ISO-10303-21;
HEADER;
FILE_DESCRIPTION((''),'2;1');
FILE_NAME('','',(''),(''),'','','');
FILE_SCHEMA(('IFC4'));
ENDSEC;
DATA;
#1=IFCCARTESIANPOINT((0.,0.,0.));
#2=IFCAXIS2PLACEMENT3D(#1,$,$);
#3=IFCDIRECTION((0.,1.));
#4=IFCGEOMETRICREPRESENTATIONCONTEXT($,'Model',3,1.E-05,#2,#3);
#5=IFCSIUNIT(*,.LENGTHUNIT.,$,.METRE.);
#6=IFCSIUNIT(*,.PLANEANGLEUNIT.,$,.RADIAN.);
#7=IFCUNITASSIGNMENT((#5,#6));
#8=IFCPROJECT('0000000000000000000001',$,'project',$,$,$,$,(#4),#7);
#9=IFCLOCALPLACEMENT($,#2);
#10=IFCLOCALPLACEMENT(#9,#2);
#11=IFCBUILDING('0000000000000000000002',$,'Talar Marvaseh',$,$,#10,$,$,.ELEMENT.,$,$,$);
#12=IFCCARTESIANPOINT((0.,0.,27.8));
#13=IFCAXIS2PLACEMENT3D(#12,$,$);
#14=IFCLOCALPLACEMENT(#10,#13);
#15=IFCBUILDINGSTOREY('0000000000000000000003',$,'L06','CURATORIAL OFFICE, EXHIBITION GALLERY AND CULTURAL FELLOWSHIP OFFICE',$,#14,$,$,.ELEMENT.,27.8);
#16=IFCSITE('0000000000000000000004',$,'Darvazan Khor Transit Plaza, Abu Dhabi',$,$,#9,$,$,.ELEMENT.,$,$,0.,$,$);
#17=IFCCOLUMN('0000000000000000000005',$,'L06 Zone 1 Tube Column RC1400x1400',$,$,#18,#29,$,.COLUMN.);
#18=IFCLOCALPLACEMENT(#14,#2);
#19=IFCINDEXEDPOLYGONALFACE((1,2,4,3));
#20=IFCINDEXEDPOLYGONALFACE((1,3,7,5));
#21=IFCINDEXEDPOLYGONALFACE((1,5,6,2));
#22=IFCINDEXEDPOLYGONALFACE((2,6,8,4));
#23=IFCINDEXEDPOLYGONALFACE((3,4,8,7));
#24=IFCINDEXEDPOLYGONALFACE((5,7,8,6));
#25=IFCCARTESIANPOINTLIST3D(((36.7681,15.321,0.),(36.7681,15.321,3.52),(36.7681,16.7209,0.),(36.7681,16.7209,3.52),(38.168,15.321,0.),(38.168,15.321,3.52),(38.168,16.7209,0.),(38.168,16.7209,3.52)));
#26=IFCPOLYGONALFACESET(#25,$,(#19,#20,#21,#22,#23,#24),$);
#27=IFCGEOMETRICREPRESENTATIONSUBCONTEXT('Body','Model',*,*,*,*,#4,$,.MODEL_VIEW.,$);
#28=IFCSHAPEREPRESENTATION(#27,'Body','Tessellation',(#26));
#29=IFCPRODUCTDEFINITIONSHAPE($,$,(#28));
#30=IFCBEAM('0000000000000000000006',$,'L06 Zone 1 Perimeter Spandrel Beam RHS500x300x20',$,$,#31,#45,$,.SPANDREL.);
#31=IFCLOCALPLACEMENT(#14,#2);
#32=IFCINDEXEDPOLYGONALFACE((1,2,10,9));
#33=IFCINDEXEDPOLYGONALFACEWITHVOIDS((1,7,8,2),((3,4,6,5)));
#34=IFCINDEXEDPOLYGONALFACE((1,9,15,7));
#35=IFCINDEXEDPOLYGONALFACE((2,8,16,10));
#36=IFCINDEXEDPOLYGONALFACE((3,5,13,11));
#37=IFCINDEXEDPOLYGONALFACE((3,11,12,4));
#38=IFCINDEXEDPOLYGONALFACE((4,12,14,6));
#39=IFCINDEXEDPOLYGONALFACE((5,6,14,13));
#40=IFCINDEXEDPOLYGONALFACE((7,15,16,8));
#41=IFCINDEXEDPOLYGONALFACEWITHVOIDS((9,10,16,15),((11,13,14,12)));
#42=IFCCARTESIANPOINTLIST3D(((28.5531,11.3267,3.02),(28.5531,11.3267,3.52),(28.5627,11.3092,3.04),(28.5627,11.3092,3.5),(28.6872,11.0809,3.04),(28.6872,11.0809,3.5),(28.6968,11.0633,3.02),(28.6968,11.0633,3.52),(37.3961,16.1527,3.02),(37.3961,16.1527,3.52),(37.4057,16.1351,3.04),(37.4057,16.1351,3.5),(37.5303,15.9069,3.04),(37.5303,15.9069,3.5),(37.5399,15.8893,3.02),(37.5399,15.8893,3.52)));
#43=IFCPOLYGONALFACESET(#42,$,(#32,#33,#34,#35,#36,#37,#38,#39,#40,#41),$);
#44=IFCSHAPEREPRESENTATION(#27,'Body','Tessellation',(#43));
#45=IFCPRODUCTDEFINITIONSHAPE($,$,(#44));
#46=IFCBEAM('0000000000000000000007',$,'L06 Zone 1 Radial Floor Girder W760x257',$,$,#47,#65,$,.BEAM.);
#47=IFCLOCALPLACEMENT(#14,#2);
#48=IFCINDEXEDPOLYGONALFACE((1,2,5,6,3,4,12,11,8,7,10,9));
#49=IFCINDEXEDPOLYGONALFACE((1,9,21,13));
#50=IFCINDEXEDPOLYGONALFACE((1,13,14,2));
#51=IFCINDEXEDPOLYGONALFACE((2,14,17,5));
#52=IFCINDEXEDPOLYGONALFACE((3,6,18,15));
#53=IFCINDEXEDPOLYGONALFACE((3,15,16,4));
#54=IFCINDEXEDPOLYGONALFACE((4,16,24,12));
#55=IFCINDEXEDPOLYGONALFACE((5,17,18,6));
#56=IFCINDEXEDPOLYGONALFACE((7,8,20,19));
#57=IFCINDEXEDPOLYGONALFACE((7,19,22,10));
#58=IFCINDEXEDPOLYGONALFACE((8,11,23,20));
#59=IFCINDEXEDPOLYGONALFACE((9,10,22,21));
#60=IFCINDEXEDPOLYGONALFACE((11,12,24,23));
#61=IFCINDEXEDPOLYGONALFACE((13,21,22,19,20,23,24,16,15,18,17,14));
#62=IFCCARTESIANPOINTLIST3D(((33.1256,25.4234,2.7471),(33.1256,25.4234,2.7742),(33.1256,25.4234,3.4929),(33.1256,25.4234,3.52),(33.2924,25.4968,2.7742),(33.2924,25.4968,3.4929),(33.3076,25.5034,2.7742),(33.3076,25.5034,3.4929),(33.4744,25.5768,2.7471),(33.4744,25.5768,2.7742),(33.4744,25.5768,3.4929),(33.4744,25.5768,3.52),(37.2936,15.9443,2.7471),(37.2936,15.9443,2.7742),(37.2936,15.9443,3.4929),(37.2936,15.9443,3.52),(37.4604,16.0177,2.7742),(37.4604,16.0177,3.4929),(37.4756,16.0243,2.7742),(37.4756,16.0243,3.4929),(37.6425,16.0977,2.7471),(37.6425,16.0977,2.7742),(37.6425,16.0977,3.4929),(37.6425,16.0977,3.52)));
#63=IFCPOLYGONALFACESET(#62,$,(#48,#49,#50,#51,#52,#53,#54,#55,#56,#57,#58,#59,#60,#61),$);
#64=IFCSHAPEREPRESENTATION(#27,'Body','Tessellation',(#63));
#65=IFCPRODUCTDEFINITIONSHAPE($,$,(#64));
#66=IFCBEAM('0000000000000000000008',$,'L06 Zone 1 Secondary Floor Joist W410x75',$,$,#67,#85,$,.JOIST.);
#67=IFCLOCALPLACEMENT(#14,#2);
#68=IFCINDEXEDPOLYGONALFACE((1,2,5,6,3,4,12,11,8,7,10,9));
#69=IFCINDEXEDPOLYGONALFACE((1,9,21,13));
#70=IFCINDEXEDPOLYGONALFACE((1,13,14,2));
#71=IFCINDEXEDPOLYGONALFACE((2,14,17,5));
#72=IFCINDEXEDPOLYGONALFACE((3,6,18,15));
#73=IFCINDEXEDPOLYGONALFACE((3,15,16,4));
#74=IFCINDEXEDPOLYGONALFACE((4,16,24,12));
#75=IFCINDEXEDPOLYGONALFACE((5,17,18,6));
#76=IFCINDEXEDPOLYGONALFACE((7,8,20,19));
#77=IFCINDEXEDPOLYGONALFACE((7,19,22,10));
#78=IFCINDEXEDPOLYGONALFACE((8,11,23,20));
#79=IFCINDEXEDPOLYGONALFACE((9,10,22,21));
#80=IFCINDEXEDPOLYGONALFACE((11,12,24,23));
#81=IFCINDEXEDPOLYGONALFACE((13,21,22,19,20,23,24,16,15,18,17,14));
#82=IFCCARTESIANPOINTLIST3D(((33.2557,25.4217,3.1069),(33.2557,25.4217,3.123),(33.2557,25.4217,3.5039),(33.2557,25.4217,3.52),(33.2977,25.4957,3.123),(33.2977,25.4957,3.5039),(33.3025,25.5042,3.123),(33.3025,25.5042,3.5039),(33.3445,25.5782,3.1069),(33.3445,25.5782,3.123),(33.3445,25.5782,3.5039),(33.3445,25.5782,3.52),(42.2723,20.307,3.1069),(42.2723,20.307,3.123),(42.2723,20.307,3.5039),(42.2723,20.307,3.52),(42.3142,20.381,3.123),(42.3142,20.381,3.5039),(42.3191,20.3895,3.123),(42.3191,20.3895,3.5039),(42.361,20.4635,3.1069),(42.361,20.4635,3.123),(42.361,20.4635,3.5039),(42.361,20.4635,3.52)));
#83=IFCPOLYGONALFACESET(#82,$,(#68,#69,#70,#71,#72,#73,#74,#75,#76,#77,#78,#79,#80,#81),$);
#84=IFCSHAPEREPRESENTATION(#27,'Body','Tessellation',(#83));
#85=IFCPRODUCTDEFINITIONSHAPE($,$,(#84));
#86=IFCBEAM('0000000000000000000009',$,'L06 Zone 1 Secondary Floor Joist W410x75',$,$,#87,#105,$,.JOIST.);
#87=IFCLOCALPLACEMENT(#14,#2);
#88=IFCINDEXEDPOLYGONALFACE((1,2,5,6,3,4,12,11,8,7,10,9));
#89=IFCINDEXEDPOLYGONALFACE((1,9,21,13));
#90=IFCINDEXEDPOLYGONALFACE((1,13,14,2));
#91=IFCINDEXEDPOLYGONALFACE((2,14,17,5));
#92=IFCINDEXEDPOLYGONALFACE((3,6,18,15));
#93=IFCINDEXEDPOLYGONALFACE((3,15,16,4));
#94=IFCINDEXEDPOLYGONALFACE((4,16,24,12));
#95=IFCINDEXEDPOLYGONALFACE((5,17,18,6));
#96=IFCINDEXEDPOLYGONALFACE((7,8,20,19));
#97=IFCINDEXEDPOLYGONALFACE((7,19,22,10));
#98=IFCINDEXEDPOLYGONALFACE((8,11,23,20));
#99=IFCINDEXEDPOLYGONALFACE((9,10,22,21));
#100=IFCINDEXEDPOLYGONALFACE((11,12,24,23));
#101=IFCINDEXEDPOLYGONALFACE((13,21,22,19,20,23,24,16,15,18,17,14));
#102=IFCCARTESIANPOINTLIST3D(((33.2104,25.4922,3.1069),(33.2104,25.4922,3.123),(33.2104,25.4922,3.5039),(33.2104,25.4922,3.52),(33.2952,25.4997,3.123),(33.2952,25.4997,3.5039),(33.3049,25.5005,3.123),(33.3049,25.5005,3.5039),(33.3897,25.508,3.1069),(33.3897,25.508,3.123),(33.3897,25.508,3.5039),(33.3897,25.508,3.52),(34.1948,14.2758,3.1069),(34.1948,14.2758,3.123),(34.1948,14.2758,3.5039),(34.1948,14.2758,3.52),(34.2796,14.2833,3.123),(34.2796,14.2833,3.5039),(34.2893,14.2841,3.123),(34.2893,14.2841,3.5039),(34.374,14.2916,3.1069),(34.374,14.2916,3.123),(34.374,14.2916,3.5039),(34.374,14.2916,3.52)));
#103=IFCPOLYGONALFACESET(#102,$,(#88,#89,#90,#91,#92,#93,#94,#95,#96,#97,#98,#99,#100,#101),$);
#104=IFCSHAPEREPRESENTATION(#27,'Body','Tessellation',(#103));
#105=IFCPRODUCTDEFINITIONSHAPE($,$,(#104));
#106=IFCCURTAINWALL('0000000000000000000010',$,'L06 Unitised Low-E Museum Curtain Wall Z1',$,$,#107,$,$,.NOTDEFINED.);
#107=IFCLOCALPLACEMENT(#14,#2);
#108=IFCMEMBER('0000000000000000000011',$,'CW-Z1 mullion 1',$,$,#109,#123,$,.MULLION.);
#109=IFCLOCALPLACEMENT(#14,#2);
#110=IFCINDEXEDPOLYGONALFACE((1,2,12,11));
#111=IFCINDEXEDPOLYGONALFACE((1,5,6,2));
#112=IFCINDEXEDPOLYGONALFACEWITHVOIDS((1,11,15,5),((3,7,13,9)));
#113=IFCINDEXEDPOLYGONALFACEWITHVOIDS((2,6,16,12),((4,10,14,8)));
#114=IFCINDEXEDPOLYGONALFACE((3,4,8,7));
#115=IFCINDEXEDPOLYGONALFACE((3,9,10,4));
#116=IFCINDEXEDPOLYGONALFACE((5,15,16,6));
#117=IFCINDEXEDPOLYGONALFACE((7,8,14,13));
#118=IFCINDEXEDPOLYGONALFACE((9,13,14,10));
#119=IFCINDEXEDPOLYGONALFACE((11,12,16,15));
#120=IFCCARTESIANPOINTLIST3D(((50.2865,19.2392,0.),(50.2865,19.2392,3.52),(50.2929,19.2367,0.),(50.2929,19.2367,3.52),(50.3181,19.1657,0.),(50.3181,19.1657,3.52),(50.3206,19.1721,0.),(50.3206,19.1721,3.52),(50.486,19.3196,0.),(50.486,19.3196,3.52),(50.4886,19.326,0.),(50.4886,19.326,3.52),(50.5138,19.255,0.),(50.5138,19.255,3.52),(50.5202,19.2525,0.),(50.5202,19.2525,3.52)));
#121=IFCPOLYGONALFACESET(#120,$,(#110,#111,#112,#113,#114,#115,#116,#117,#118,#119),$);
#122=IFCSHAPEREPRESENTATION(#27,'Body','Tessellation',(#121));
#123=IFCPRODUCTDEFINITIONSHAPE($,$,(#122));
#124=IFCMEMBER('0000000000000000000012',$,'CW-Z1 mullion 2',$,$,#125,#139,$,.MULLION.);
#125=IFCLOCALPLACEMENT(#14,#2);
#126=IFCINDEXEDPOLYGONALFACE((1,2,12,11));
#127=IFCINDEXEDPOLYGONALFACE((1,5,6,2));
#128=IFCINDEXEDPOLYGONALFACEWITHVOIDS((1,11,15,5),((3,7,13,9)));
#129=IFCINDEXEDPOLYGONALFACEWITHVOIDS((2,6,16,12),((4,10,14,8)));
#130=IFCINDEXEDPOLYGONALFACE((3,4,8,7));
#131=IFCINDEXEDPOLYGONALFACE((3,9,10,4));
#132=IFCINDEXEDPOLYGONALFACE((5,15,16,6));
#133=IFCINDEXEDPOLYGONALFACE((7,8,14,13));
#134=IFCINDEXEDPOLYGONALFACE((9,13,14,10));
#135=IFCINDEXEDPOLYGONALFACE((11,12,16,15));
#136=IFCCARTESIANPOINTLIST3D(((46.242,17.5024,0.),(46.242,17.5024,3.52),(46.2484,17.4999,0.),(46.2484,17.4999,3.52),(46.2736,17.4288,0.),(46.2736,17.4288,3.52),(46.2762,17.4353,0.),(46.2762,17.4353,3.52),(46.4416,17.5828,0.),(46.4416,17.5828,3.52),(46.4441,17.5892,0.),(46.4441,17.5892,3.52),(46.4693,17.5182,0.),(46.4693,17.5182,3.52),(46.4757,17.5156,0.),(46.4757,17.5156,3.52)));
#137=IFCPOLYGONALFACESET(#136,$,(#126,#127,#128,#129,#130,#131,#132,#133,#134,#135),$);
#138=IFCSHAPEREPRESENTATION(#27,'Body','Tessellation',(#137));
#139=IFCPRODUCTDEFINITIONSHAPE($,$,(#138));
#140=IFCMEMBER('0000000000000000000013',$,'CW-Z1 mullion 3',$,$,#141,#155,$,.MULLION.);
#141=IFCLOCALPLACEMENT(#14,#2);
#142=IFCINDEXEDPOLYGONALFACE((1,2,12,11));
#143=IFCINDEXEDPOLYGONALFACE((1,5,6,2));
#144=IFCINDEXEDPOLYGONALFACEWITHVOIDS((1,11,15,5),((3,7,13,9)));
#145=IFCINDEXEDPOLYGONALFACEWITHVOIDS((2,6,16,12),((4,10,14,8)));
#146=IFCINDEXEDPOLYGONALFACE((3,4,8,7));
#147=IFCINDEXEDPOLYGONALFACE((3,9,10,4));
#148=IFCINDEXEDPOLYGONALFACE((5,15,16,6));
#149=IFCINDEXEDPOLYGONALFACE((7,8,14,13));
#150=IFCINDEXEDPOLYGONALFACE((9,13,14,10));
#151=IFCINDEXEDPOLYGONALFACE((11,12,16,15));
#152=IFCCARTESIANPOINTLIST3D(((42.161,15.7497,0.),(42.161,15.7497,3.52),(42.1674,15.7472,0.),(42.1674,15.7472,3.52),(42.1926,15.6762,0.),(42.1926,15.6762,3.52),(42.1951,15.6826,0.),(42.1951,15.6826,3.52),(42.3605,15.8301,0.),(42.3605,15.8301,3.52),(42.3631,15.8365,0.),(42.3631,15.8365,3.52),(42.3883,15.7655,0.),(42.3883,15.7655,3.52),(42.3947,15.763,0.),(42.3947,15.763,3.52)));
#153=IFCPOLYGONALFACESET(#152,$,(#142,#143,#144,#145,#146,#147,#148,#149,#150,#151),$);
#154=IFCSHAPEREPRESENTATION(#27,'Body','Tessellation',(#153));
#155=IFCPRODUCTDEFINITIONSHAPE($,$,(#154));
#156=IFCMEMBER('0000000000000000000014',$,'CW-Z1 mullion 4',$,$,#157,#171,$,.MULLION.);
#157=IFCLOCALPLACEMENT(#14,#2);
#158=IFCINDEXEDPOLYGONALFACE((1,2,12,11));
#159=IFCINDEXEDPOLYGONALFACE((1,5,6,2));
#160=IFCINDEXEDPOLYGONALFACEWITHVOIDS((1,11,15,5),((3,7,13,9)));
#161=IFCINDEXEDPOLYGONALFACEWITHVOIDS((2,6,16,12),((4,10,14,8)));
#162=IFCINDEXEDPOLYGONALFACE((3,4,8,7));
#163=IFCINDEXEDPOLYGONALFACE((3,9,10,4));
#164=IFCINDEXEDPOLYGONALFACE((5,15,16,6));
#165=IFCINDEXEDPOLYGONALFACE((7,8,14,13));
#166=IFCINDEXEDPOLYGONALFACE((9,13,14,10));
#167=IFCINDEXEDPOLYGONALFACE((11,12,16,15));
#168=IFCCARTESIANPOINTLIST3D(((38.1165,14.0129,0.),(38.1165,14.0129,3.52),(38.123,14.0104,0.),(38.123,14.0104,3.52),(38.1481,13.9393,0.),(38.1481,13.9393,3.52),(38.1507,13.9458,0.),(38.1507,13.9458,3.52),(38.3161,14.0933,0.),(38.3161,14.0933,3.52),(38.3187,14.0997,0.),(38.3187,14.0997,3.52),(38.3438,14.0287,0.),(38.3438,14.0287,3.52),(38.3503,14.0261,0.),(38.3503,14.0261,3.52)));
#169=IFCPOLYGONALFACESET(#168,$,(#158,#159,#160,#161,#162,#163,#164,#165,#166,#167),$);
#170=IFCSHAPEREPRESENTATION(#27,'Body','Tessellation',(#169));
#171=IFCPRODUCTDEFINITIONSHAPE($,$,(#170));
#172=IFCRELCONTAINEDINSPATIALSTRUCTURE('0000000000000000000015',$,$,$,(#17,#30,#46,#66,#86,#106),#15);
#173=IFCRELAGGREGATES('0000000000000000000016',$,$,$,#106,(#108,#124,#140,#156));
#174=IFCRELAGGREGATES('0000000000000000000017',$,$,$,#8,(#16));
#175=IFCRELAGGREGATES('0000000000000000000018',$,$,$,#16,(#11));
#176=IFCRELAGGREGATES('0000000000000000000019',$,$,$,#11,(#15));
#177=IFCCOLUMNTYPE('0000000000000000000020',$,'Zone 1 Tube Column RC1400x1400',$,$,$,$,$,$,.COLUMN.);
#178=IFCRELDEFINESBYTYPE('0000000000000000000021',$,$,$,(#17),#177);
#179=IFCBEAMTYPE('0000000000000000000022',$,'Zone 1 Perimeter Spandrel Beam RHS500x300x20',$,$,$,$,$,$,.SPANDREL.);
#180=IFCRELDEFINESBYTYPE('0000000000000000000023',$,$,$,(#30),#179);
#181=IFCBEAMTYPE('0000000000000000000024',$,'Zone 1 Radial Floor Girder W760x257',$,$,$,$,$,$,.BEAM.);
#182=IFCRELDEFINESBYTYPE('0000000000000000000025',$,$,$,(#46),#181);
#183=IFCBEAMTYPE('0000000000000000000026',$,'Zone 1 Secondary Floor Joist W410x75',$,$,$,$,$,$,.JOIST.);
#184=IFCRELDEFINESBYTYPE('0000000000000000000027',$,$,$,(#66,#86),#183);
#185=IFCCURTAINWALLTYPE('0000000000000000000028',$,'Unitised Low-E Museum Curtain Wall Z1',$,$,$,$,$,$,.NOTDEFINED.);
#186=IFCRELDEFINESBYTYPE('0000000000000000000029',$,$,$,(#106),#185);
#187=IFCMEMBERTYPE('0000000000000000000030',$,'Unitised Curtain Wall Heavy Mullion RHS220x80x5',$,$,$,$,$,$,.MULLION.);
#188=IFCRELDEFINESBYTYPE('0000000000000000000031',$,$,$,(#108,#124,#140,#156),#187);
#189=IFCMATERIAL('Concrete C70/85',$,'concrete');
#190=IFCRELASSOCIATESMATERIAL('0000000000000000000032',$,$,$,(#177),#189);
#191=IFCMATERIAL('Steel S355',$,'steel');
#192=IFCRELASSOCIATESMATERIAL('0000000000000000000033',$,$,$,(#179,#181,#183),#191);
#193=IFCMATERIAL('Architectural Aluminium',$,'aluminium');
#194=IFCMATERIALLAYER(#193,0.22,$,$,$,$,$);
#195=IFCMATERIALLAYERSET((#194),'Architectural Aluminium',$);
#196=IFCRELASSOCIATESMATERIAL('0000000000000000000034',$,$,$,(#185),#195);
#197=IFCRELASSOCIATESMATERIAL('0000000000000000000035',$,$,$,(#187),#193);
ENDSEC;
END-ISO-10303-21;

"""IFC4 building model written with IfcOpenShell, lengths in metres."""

from ifc_helpers import new_model, si_unit, direction, frame, origin, origin_2d, place, context, subcontext, project, spatial, rectangle, hollow_rectangle, i_section, extrude, source, transform, mapped, material, layer, layer_set, material_profile, profile_set, type_object, type_shapes, element, aggregate, save


model = new_model("IFC4")

# Units and contexts
model_context = context("Model", 3, precision=1e-05, world=origin(), true_north=direction((0.0, 1.0)))
body_context = subcontext(model_context, "Body", "Model", "MODEL_VIEW")
ifc_project = project(units=[si_unit("LENGTHUNIT", "METRE"), si_unit("PLANEANGLEUNIT", "RADIAN")], contexts=[model_context])

# Site, building, storey
site_placement = place(None, origin())
site = spatial("IfcSite", under=ifc_project, at=site_placement, Name="Darvazan Khor Transit Plaza, Abu Dhabi", CompositionType="ELEMENT", RefElevation=0.0)
building_placement = place(site_placement, origin())
building = spatial("IfcBuilding", under=site, at=building_placement, Name="Talar Marvaseh", CompositionType="ELEMENT")
storey_placement = place(building_placement, frame((0.0, 0.0, 27.8)))
storey = spatial("IfcBuildingStorey", under=building, at=storey_placement, Name="L06", Description="CURATORIAL OFFICE, EXHIBITION GALLERY AND CULTURAL FELLOWSHIP OFFICE", CompositionType="ELEMENT", Elevation=27.8)

# Column
ifc_material_1 = material(Name="Concrete C70/85", Category="concrete")
ifc_material_profile_1 = material_profile(ifc_material_1, rectangle(XDim=1.3999, YDim=1.3999, at=origin_2d()), Name="RC1400x1400")
ifc_profile_set_1 = profile_set([ifc_material_profile_1], Name="Concrete C70/85")
column_type = type_object("IfcColumnType", Name="Zone 1 Tube Column RC1400x1400", PredefinedType="COLUMN", material=ifc_profile_set_1)
column_placement = place(storey_placement, frame((37.468, 16.021, 0.0), z_axis=(0.0, 0.0, 1.0), x_axis=(1.0, 0.0, 0.0)))
element("IfcColumn", 1, at=column_placement, inside=storey, type_object=column_type, Name="L06 Zone 1 Tube Column RC1400x1400", PredefinedType="COLUMN", context=body_context, shape_type="SweptSolid", body=[
    extrude(rectangle(XDim=1.3999, YDim=1.3999, at=origin_2d()), origin(), (0.0, 0.0, 1.0), 3.52),
])

# Beams
ifc_material_2 = material(Name="Steel S355", Category="steel")
ifc_material_profile_2 = material_profile(ifc_material_2, hollow_rectangle(XDim=0.3, YDim=0.5, WallThickness=0.02, at=origin_2d()), Name="RHS500x300x20")
ifc_profile_set_2 = profile_set([ifc_material_profile_2], Name="Steel S355")
beam_type_1 = type_object("IfcBeamType", Name="Zone 1 Perimeter Spandrel Beam RHS500x300x20", PredefinedType="SPANDREL", material=ifc_profile_set_2)
beam_1_placement = place(storey_placement, frame((37.468, 16.021, 3.27), z_axis=(-0.877793, -0.479041, 0.0), x_axis=(0.479041, -0.877793, 0.0)))
element("IfcBeam", 2, at=beam_1_placement, inside=storey, type_object=beam_type_1, Name="L06 Zone 1 Perimeter Spandrel Beam RHS500x300x20", PredefinedType="SPANDREL", context=body_context, shape_type="SweptSolid", body=[
    extrude(hollow_rectangle(XDim=0.3, YDim=0.5, WallThickness=0.02, at=origin_2d()), origin(), (0.0, 0.0, 1.0), 10.0742),
])
ifc_material_profile_3 = material_profile(ifc_material_2, i_section(OverallWidth=0.3811, OverallDepth=0.7729, WebThickness=0.0166, FlangeThickness=0.0271, at=origin_2d()), Name="W760x257")
ifc_profile_set_3 = profile_set([ifc_material_profile_3], Name="Steel S355")
beam_type_2 = type_object("IfcBeamType", Name="Zone 1 Radial Floor Girder W760x257", PredefinedType="BEAM", material=ifc_profile_set_3)
beam_2_placement = place(storey_placement, frame((37.468, 16.021, 3.1335), z_axis=(-0.402513, 0.915414, 0.0), x_axis=(-0.915414, -0.402513, 0.0)))
element("IfcBeam", 3, at=beam_2_placement, inside=storey, type_object=beam_type_2, Name="L06 Zone 1 Radial Floor Girder W760x257", PredefinedType="BEAM", context=body_context, shape_type="SweptSolid", body=[
    extrude(i_section(OverallWidth=0.3811, OverallDepth=0.7729, WebThickness=0.0166, FlangeThickness=0.0271, at=origin_2d()), origin(), (0.0, 0.0, 1.0), 10.355),
])
ifc_material_profile_4 = material_profile(ifc_material_2, i_section(OverallWidth=0.1799, OverallDepth=0.4131, WebThickness=0.0098, FlangeThickness=0.0161, at=origin_2d()), Name="W410x75")
ifc_profile_set_4 = profile_set([ifc_material_profile_4], Name="Steel S355")
beam_type_3 = type_object("IfcBeamType", Name="Zone 1 Secondary Floor Joist W410x75", PredefinedType="JOIST", material=ifc_profile_set_4)
beam_3_placement = place(storey_placement, frame((42.3167, 20.3853, 3.3135), z_axis=(-0.869801, 0.493402, 0.0), x_axis=(-0.493402, -0.869801, 0.0)))
element("IfcBeam", 4, at=beam_3_placement, inside=storey, type_object=beam_type_3, Name="L06 Zone 1 Secondary Floor Joist W410x75", PredefinedType="JOIST", context=body_context, shape_type="SweptSolid", body=[
    extrude(i_section(OverallWidth=0.1799, OverallDepth=0.4131, WebThickness=0.0098, FlangeThickness=0.0161, at=origin_2d()), origin(), (0.0, 0.0, 1.0), 10.3662),
])
beam_4_placement = place(storey_placement, frame((34.2844, 14.2837, 3.3135), z_axis=(-0.087427, 0.996171, 0.0), x_axis=(-0.996171, -0.087427, 0.0)))
element("IfcBeam", 5, at=beam_4_placement, inside=storey, type_object=beam_type_3, Name="L06 Zone 1 Secondary Floor Joist W410x75", PredefinedType="JOIST", context=body_context, shape_type="SweptSolid", body=[
    extrude(i_section(OverallWidth=0.1799, OverallDepth=0.4131, WebThickness=0.0098, FlangeThickness=0.0161, at=origin_2d()), origin(), (0.0, 0.0, 1.0), 11.2595),
])

# Curtain wall, members
ifc_material_3 = material(Name="Architectural Aluminium", Category="aluminium")
ifc_layer_1 = layer(ifc_material_3, 0.22)
ifc_layer_set_1 = layer_set([ifc_layer_1], Name="Architectural Aluminium")
curtain_wall_type = type_object("IfcCurtainWallType", Name="Unitised Low-E Museum Curtain Wall Z1", PredefinedType="NOTDEFINED", material=ifc_layer_set_1)
curtain_wall_1_placement = place(storey_placement, origin())
curtain_wall_1 = element("IfcCurtainWall", 6, at=curtain_wall_1_placement, inside=storey, type_object=curtain_wall_type, Name="L06 Unitised Low-E Museum Curtain Wall Z1", PredefinedType="NOTDEFINED")
ifc_material_profile_5 = material_profile(ifc_material_3, hollow_rectangle(XDim=0.0801, YDim=0.22, WallThickness=0.0049, at=origin_2d()), Name="RHS220x80x5")
ifc_profile_set_5 = profile_set([ifc_material_profile_5], Name="Architectural Aluminium")
member_type_1 = type_object("IfcMemberType", Name="Unitised Curtain Wall Heavy Mullion RHS220x80x5", PredefinedType="MULLION", material=ifc_profile_set_5)
shared_shape_1 = source(origin(), body_context, "Body", "SweptSolid", [
    extrude(hollow_rectangle(XDim=0.0801, YDim=0.22, WallThickness=0.0049, at=origin_2d()), origin(), (0.0, 0.0, 1.0), 3.52),
])
type_shapes(member_type_1, [shared_shape_1])
member_1_placement = place(storey_placement, frame((50.4033, 19.2458, 0.0), z_axis=(0.0, 0.0, 1.0), x_axis=(0.394599, -0.918853, 0.0)))
member_1 = element("IfcMember", 7, at=member_1_placement, type_object=member_type_1, Name="CW-Z1 mullion 1", PredefinedType="MULLION", context=body_context, shape_type="MappedRepresentation", body=[
    mapped(shared_shape_1, transform((0.0, 0.0, 0.0), x_axis=(1.0, 0.0, 0.0), y_axis=(0.0, 1.0, 0.0), z_axis=(0.0, 0.0, 1.0), scale=1.0)),
])
member_2_placement = place(storey_placement, frame((46.3589, 17.509, 0.0), z_axis=(0.0, 0.0, 1.0), x_axis=(0.394599, -0.918853, 0.0)))
member_2 = element("IfcMember", 8, at=member_2_placement, type_object=member_type_1, Name="CW-Z1 mullion 2", PredefinedType="MULLION", context=body_context, shape_type="MappedRepresentation", body=[
    mapped(shared_shape_1, transform((0.0, 0.0, 0.0), x_axis=(1.0, 0.0, 0.0), y_axis=(0.0, 1.0, 0.0), z_axis=(0.0, 0.0, 1.0), scale=1.0)),
])
member_3_placement = place(storey_placement, frame((42.2778, 15.7563, 0.0), z_axis=(0.0, 0.0, 1.0), x_axis=(0.394599, -0.918853, 0.0)))
member_3 = element("IfcMember", 9, at=member_3_placement, type_object=member_type_1, Name="CW-Z1 mullion 3", PredefinedType="MULLION", context=body_context, shape_type="MappedRepresentation", body=[
    mapped(shared_shape_1, transform((0.0, 0.0, 0.0), x_axis=(1.0, 0.0, 0.0), y_axis=(0.0, 1.0, 0.0), z_axis=(0.0, 0.0, 1.0), scale=1.0)),
])
member_4_placement = place(storey_placement, frame((38.2334, 14.0195, 0.0), z_axis=(0.0, 0.0, 1.0), x_axis=(0.394599, -0.918853, 0.0)))
member_4 = element("IfcMember", 10, at=member_4_placement, type_object=member_type_1, Name="CW-Z1 mullion 4", PredefinedType="MULLION", context=body_context, shape_type="MappedRepresentation", body=[
    mapped(shared_shape_1, transform((0.0, 0.0, 0.0), x_axis=(1.0, 0.0, 0.0), y_axis=(0.0, 1.0, 0.0), z_axis=(0.0, 0.0, 1.0), scale=1.0)),
])

aggregate(curtain_wall_1, [member_1, member_2, member_3, member_4])

save(model, "model.ifc")
